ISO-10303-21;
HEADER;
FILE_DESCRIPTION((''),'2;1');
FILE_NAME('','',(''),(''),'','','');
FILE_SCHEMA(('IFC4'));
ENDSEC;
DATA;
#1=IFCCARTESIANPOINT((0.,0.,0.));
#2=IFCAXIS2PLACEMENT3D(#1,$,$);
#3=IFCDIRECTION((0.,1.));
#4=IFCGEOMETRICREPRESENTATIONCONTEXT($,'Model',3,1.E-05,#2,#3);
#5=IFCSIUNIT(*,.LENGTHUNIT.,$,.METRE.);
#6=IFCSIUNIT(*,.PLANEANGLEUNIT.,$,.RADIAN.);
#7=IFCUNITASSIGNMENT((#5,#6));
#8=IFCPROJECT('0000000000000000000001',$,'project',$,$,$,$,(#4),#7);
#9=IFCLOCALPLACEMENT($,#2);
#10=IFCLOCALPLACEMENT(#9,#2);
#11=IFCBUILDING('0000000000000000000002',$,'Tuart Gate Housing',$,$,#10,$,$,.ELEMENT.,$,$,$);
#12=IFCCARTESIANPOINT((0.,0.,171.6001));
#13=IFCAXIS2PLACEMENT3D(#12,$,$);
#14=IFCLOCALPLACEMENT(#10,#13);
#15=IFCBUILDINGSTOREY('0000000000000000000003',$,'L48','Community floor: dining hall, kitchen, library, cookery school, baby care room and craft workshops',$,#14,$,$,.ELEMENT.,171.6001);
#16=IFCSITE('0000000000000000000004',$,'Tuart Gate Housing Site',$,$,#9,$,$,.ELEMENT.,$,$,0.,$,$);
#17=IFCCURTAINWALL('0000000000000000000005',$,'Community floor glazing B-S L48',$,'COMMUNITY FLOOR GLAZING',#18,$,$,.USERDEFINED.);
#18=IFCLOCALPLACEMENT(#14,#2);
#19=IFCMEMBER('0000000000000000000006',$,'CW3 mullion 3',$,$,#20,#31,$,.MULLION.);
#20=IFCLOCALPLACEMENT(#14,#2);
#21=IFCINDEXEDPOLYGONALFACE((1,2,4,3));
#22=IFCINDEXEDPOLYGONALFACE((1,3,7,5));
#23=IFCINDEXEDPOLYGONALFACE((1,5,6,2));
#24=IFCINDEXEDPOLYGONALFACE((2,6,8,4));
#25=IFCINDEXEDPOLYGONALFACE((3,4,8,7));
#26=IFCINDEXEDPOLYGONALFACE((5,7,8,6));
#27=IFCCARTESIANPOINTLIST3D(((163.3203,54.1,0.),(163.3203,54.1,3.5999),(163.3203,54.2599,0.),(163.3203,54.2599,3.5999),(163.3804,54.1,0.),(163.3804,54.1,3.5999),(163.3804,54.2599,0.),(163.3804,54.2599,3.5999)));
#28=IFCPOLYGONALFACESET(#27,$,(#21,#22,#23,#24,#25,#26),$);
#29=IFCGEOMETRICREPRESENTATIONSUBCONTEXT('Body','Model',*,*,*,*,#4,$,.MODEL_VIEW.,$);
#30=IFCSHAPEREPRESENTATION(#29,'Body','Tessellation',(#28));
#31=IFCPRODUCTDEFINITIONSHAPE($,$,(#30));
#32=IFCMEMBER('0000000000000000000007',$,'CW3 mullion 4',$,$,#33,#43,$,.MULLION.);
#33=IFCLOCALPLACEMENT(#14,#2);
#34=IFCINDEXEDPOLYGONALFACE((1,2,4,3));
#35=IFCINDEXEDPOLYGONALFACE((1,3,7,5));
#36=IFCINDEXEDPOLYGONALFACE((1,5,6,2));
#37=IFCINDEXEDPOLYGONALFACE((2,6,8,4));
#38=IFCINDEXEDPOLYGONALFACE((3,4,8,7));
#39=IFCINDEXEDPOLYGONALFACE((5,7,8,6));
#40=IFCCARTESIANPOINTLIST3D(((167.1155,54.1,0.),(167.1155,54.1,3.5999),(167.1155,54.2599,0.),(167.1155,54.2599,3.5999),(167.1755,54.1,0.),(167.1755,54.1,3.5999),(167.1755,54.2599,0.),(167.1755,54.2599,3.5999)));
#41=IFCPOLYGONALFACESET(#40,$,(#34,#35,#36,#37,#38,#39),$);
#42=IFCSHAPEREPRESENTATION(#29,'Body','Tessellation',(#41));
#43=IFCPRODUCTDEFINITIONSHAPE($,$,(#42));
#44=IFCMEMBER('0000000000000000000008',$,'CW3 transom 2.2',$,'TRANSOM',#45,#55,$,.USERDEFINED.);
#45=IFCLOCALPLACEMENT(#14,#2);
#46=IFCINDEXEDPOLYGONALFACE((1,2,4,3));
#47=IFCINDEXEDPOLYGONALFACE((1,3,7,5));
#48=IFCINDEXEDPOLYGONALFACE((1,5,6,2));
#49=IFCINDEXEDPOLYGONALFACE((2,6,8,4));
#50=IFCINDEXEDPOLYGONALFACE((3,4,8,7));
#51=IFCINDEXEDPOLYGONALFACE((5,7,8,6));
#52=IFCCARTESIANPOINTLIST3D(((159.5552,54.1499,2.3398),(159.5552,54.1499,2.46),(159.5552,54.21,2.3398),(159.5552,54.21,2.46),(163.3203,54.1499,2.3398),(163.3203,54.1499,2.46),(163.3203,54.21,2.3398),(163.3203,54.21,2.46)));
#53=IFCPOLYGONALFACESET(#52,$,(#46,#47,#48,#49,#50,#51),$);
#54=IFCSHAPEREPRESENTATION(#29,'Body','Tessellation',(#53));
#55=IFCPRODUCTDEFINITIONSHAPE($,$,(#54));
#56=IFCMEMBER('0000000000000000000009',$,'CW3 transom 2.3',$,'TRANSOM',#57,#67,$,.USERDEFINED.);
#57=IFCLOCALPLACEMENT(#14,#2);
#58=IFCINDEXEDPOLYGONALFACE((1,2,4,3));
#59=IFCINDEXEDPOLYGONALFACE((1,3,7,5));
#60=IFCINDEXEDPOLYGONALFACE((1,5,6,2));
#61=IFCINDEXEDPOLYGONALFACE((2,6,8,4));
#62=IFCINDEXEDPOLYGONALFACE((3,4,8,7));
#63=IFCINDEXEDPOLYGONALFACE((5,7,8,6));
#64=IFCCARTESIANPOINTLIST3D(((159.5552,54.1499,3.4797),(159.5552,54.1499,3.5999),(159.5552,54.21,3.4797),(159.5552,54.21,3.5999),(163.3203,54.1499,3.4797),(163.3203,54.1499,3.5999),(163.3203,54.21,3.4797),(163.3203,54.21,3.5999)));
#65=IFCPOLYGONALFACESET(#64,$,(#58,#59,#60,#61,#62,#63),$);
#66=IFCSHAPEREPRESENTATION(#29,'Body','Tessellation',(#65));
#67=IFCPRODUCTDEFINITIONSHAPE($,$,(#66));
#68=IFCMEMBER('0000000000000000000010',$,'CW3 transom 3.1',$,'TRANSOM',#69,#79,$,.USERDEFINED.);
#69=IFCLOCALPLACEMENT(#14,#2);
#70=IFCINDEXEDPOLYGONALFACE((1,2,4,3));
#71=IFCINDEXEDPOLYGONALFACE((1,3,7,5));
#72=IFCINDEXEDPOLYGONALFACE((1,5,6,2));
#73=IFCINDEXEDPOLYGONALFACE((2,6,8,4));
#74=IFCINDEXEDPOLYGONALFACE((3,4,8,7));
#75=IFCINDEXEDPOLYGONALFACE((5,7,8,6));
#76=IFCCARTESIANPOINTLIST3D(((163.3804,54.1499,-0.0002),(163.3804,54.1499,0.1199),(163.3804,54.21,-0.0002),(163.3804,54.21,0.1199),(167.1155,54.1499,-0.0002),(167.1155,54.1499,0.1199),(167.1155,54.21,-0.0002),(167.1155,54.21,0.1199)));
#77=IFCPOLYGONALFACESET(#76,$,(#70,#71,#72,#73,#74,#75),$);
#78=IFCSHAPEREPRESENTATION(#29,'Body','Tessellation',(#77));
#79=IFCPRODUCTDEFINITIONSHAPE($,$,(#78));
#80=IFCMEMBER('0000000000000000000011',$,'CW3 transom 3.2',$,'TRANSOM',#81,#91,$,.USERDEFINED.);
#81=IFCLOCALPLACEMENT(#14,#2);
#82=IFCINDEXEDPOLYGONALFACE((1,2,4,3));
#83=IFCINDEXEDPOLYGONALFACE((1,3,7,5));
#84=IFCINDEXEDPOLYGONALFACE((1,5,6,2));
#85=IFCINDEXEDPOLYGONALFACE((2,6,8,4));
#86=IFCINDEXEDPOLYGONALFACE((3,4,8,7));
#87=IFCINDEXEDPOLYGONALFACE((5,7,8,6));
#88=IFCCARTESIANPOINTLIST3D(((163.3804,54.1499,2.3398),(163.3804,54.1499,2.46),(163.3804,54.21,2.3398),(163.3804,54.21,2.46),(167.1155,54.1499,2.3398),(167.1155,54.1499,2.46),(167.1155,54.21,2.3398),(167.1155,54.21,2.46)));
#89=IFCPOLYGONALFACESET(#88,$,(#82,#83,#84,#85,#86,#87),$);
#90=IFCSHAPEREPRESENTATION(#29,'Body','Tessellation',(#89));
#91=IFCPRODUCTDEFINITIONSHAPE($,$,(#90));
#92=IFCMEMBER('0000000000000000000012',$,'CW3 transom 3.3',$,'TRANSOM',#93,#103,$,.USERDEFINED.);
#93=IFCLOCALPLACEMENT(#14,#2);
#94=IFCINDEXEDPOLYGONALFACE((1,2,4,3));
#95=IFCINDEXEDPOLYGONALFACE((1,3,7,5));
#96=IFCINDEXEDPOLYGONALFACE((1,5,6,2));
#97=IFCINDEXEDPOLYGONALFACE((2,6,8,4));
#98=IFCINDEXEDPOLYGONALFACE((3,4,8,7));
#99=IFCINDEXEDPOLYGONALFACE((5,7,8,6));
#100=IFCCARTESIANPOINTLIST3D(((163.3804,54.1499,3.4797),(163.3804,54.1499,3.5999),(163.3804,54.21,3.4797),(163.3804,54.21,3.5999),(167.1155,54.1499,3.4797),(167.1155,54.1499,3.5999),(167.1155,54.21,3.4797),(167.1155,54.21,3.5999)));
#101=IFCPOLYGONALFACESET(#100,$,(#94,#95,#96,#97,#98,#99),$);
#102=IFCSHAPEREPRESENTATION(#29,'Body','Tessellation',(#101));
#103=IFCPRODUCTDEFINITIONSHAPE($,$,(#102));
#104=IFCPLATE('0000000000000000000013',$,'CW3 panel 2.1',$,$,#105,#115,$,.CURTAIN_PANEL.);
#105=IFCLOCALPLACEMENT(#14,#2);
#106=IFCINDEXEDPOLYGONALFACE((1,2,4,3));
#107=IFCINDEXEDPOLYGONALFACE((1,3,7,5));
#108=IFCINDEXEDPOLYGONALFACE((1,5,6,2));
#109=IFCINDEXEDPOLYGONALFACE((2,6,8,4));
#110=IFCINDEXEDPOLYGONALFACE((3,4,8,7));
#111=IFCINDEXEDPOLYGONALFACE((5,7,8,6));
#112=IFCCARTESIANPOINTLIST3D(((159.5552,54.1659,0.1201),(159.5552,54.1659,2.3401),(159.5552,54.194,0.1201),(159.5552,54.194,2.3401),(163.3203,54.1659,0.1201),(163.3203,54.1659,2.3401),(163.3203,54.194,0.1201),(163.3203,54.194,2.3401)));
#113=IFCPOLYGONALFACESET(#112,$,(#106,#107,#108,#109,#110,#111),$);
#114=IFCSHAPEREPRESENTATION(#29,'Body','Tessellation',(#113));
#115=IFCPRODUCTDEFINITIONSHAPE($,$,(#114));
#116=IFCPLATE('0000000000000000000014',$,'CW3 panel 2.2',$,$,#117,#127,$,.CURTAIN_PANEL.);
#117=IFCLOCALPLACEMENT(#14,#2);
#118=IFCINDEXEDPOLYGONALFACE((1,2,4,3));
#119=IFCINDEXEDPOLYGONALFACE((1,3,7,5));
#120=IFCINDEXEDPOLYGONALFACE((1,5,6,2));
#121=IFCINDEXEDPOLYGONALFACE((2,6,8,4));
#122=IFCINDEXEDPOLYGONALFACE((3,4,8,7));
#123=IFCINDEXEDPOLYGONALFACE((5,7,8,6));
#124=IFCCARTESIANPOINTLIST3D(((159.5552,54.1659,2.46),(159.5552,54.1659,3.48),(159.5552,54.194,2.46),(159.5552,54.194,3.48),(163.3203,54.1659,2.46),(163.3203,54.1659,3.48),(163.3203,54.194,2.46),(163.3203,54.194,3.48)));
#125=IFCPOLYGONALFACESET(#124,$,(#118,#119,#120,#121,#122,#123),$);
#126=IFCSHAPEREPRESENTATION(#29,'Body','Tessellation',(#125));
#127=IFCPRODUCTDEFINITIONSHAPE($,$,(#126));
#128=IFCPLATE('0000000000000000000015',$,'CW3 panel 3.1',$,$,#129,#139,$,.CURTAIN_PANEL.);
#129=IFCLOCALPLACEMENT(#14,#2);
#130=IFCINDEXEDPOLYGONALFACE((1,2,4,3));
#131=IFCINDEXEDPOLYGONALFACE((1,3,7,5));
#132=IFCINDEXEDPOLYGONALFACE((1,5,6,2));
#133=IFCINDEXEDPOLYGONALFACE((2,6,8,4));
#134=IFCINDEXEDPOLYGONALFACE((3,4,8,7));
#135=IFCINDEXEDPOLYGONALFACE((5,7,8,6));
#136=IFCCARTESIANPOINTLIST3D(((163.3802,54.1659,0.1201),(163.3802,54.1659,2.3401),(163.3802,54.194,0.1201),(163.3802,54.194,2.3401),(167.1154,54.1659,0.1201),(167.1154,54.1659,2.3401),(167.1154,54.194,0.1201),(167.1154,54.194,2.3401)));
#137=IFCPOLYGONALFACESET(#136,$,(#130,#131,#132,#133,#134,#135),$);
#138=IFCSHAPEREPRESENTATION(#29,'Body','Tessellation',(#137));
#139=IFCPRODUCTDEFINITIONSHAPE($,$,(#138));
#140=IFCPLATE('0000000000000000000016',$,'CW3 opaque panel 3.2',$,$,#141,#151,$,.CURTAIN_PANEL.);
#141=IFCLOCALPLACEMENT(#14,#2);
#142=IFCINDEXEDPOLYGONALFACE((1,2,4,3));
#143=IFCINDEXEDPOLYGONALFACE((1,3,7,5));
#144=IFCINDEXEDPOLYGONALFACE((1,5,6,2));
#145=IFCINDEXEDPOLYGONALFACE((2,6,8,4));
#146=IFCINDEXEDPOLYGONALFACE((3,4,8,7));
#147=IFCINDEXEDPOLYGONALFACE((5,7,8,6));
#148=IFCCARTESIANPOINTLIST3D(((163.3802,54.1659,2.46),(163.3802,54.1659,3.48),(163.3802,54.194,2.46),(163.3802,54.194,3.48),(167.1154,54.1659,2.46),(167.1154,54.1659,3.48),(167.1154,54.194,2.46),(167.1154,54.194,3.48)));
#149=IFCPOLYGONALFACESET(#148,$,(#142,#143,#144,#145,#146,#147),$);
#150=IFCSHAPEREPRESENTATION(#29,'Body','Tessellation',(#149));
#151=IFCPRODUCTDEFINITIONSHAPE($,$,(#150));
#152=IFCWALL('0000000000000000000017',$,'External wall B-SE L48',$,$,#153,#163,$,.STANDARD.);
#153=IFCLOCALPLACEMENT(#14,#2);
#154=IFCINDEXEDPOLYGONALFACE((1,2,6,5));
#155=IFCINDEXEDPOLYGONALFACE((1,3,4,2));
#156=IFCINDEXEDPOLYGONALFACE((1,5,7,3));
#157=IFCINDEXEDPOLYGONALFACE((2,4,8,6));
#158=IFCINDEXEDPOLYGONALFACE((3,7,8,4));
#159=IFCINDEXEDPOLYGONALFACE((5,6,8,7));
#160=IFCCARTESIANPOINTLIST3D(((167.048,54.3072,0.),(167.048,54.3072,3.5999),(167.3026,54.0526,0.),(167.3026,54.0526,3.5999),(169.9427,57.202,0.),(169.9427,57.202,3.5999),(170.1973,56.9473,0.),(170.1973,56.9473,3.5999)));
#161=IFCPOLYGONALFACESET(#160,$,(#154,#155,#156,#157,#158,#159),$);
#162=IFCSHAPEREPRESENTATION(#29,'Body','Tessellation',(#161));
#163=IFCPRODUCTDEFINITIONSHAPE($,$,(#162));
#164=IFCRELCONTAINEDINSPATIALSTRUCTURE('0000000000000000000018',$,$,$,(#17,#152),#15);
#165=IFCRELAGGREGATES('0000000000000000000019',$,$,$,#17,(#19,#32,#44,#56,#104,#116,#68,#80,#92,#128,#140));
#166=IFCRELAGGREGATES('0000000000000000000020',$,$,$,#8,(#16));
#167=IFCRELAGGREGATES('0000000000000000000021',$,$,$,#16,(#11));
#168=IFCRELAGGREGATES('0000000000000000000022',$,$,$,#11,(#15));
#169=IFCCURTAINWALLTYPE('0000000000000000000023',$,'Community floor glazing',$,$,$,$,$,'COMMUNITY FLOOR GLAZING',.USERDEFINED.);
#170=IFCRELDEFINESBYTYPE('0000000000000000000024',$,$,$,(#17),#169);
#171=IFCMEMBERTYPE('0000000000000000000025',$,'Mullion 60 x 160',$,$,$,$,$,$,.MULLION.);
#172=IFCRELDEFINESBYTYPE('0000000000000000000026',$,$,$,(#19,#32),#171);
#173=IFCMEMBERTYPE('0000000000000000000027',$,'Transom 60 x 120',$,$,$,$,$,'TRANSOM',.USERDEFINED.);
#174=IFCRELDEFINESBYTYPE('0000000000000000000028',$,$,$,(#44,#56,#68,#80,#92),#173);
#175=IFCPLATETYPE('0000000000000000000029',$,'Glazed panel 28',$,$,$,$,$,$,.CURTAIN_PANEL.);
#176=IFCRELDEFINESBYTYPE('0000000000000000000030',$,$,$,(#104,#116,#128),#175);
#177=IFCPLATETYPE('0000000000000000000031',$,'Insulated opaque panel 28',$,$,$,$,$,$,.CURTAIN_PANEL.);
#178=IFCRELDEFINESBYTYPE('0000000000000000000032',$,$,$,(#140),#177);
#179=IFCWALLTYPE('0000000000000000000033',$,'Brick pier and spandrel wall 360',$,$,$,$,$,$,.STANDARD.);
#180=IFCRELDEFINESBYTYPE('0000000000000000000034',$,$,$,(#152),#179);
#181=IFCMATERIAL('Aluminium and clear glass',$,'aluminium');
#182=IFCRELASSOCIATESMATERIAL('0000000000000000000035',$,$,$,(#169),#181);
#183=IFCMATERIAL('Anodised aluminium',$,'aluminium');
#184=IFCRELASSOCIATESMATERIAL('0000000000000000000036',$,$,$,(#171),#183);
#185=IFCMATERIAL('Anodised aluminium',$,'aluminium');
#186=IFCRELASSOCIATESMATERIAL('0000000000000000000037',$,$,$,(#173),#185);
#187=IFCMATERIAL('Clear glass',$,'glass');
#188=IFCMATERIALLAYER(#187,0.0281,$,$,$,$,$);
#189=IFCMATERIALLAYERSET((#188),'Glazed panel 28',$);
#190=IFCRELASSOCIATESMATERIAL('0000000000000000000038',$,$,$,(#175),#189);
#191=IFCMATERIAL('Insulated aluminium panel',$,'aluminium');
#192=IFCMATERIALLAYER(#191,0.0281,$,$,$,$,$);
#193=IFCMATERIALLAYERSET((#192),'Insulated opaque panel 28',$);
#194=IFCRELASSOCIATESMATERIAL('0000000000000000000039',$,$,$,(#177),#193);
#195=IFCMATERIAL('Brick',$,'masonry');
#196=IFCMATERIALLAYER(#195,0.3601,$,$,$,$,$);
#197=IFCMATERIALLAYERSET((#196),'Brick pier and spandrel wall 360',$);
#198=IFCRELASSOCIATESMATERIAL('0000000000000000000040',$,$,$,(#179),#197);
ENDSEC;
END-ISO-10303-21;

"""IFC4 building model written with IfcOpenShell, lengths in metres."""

from ifc_helpers import new_model, si_unit, direction, frame, frame_2d, origin, origin_2d, place, context, subcontext, project, spatial, rectangle, extrude, material, layer, layer_set, material_profile, profile_set, type_object, element, aggregate, save


model = new_model("IFC4")

# Units and contexts
model_context = context("Model", 3, precision=1e-05, world=origin(), true_north=direction((0.0, 1.0)))
body_context = subcontext(model_context, "Body", "Model", "MODEL_VIEW")
ifc_project = project(units=[si_unit("LENGTHUNIT", "METRE"), si_unit("PLANEANGLEUNIT", "RADIAN")], contexts=[model_context])

# Site, building, storey
site_placement = place(None, origin())
site = spatial("IfcSite", under=ifc_project, at=site_placement, Name="Tuart Gate Housing Site", CompositionType="ELEMENT", RefElevation=0.0)
building_placement = place(site_placement, origin())
building = spatial("IfcBuilding", under=site, at=building_placement, Name="Tuart Gate Housing", CompositionType="ELEMENT")
storey_placement = place(building_placement, frame((0.0, 0.0, 171.6001)))
storey = spatial("IfcBuildingStorey", under=building, at=storey_placement, Name="L48", Description="Community floor: dining hall, kitchen, library, cookery school, baby care room and craft workshops", CompositionType="ELEMENT", Elevation=171.6001)

# Curtain wall, members, plates
ifc_material_1 = material(Name="Aluminium and clear glass", Category="aluminium")
curtain_wall_type = type_object("IfcCurtainWallType", Name="Community floor glazing", ElementType="COMMUNITY FLOOR GLAZING", PredefinedType="USERDEFINED", material=ifc_material_1)
curtain_wall_placement = place(storey_placement, origin())
curtain_wall = element("IfcCurtainWall", 1, at=curtain_wall_placement, inside=storey, type_object=curtain_wall_type, Name="Community floor glazing B-S L48", ObjectType="COMMUNITY FLOOR GLAZING", PredefinedType="USERDEFINED")
ifc_material_2 = material(Name="Anodised aluminium", Category="aluminium")
ifc_material_profile_1 = material_profile(ifc_material_2, rectangle(XDim=0.0601, YDim=0.1599, at=origin_2d()), Name="60x160")
ifc_profile_set_1 = profile_set([ifc_material_profile_1], Name="Anodised aluminium")
member_type_1 = type_object("IfcMemberType", Name="Mullion 60 x 160", PredefinedType="MULLION", material=ifc_profile_set_1)
member_1_placement = place(storey_placement, frame((163.3503, 54.1799, 0.0), z_axis=(0.0, 0.0, 1.0), x_axis=(1.0, 0.0, 0.0)))
member_1 = element("IfcMember", 2, at=member_1_placement, type_object=member_type_1, Name="CW3 mullion 3", PredefinedType="MULLION", context=body_context, shape_type="SweptSolid", body=[
    extrude(rectangle(XDim=0.0601, YDim=0.1599, at=origin_2d()), origin(), (0.0, 0.0, 1.0), 3.5999),
])
member_2_placement = place(storey_placement, frame((167.1455, 54.1799, 0.0), z_axis=(0.0, 0.0, 1.0), x_axis=(1.0, 0.0, 0.0)))
member_2 = element("IfcMember", 3, at=member_2_placement, type_object=member_type_1, Name="CW3 mullion 4", PredefinedType="MULLION", context=body_context, shape_type="SweptSolid", body=[
    extrude(rectangle(XDim=0.0601, YDim=0.1599, at=origin_2d()), origin(), (0.0, 0.0, 1.0), 3.5999),
])
ifc_material_3 = material(Name="Anodised aluminium", Category="aluminium")
ifc_material_profile_2 = material_profile(ifc_material_3, rectangle(XDim=0.0601, YDim=0.1201, at=origin_2d()), Name="60x120")
ifc_profile_set_2 = profile_set([ifc_material_profile_2], Name="Anodised aluminium")
member_type_2 = type_object("IfcMemberType", Name="Transom 60 x 120", ElementType="TRANSOM", PredefinedType="USERDEFINED", material=ifc_profile_set_2)
member_3_placement = place(storey_placement, frame((159.5552, 54.1799, 2.3999), z_axis=(1.0, 0.0, 0.0), x_axis=(0.0, 1.0, 0.0)))
member_3 = element("IfcMember", 4, at=member_3_placement, type_object=member_type_2, Name="CW3 transom 2.2", ObjectType="TRANSOM", PredefinedType="USERDEFINED", context=body_context, shape_type="SweptSolid", body=[
    extrude(rectangle(XDim=0.0601, YDim=0.1201, at=origin_2d()), origin(), (0.0, 0.0, 1.0), 3.7651),
])
member_4_placement = place(storey_placement, frame((159.5552, 54.1799, 3.5398), z_axis=(1.0, 0.0, 0.0), x_axis=(0.0, 1.0, 0.0)))
member_4 = element("IfcMember", 5, at=member_4_placement, type_object=member_type_2, Name="CW3 transom 2.3", ObjectType="TRANSOM", PredefinedType="USERDEFINED", context=body_context, shape_type="SweptSolid", body=[
    extrude(rectangle(XDim=0.0601, YDim=0.1201, at=origin_2d()), origin(), (0.0, 0.0, 1.0), 3.7651),
])
member_5_placement = place(storey_placement, frame((163.3804, 54.1799, 0.0598), z_axis=(1.0, 0.0, 0.0), x_axis=(0.0, 1.0, 0.0)))
member_5 = element("IfcMember", 6, at=member_5_placement, type_object=member_type_2, Name="CW3 transom 3.1", ObjectType="TRANSOM", PredefinedType="USERDEFINED", context=body_context, shape_type="SweptSolid", body=[
    extrude(rectangle(XDim=0.0601, YDim=0.1201, at=origin_2d()), origin(), (0.0, 0.0, 1.0), 3.7351),
])
member_6_placement = place(storey_placement, frame((163.3804, 54.1799, 2.3999), z_axis=(1.0, 0.0, 0.0), x_axis=(0.0, 1.0, 0.0)))
member_6 = element("IfcMember", 7, at=member_6_placement, type_object=member_type_2, Name="CW3 transom 3.2", ObjectType="TRANSOM", PredefinedType="USERDEFINED", context=body_context, shape_type="SweptSolid", body=[
    extrude(rectangle(XDim=0.0601, YDim=0.1201, at=origin_2d()), origin(), (0.0, 0.0, 1.0), 3.7351),
])
member_7_placement = place(storey_placement, frame((163.3804, 54.1799, 3.5398), z_axis=(1.0, 0.0, 0.0), x_axis=(0.0, 1.0, 0.0)))
member_7 = element("IfcMember", 8, at=member_7_placement, type_object=member_type_2, Name="CW3 transom 3.3", ObjectType="TRANSOM", PredefinedType="USERDEFINED", context=body_context, shape_type="SweptSolid", body=[
    extrude(rectangle(XDim=0.0601, YDim=0.1201, at=origin_2d()), origin(), (0.0, 0.0, 1.0), 3.7351),
])
ifc_material_4 = material(Name="Clear glass", Category="glass")
ifc_layer_1 = layer(ifc_material_4, 0.0281)
ifc_layer_set_1 = layer_set([ifc_layer_1], Name="Glazed panel 28")
plate_type_1 = type_object("IfcPlateType", Name="Glazed panel 28", PredefinedType="CURTAIN_PANEL", material=ifc_layer_set_1)
plate_1_placement = place(storey_placement, frame((161.4377, 54.1799, 0.1201), z_axis=(0.0, 0.0, 1.0), x_axis=(1.0, 0.0, 0.0)))
plate_1 = element("IfcPlate", 9, at=plate_1_placement, type_object=plate_type_1, Name="CW3 panel 2.1", PredefinedType="CURTAIN_PANEL", context=body_context, shape_type="SweptSolid", body=[
    extrude(rectangle(XDim=3.7651, YDim=0.0281, at=origin_2d()), origin(), (0.0, 0.0, 1.0), 2.22),
])
plate_2_placement = place(storey_placement, frame((161.4377, 54.1799, 2.46), z_axis=(0.0, 0.0, 1.0), x_axis=(1.0, 0.0, 0.0)))
plate_2 = element("IfcPlate", 10, at=plate_2_placement, type_object=plate_type_1, Name="CW3 panel 2.2", PredefinedType="CURTAIN_PANEL", context=body_context, shape_type="SweptSolid", body=[
    extrude(rectangle(XDim=3.7651, YDim=0.0281, at=origin_2d()), origin(), (0.0, 0.0, 1.0), 1.02),
])
plate_3_placement = place(storey_placement, frame((165.2478, 54.1799, 0.1201), z_axis=(0.0, 0.0, 1.0), x_axis=(1.0, 0.0, 0.0)))
plate_3 = element("IfcPlate", 11, at=plate_3_placement, type_object=plate_type_1, Name="CW3 panel 3.1", PredefinedType="CURTAIN_PANEL", context=body_context, shape_type="SweptSolid", body=[
    extrude(rectangle(XDim=3.7351, YDim=0.0281, at=origin_2d()), origin(), (0.0, 0.0, 1.0), 2.22),
])
ifc_material_5 = material(Name="Insulated aluminium panel", Category="aluminium")
ifc_layer_2 = layer(ifc_material_5, 0.0281)
ifc_layer_set_2 = layer_set([ifc_layer_2], Name="Insulated opaque panel 28")
plate_type_2 = type_object("IfcPlateType", Name="Insulated opaque panel 28", PredefinedType="CURTAIN_PANEL", material=ifc_layer_set_2)
plate_4_placement = place(storey_placement, frame((165.2478, 54.1799, 2.46), z_axis=(0.0, 0.0, 1.0), x_axis=(1.0, 0.0, 0.0)))
plate_4 = element("IfcPlate", 12, at=plate_4_placement, type_object=plate_type_2, Name="CW3 opaque panel 3.2", PredefinedType="CURTAIN_PANEL", context=body_context, shape_type="SweptSolid", body=[
    extrude(rectangle(XDim=3.7351, YDim=0.0281, at=origin_2d()), origin(), (0.0, 0.0, 1.0), 1.02),
])
aggregate(curtain_wall, [member_1, member_2, member_3, member_4, plate_1, plate_2, member_5, member_6, member_7, plate_3, plate_4])

# Wall
ifc_material_6 = material(Name="Brick", Category="masonry")
ifc_layer_3 = layer(ifc_material_6, 0.3601)
ifc_layer_set_3 = layer_set([ifc_layer_3], Name="Brick pier and spandrel wall 360")
wall_type = type_object("IfcWallType", Name="Brick pier and spandrel wall 360", PredefinedType="STANDARD", material=ifc_layer_set_3)
wall_placement = place(storey_placement, frame((167.1753, 54.1799, 0.0), z_axis=(0.0, 0.0, 1.0), x_axis=(0.707107, 0.707107, 0.0)))
element("IfcWall", 13, at=wall_placement, inside=storey, type_object=wall_type, Name="External wall B-SE L48", PredefinedType="STANDARD", context=body_context, shape_type="SweptSolid", body=[
    extrude(rectangle(XDim=4.0938, YDim=0.3601, at=frame_2d((2.0469, 0.0))), origin(), (0.0, 0.0, 1.0), 3.5999),
])

save(model, "model.ifc")
